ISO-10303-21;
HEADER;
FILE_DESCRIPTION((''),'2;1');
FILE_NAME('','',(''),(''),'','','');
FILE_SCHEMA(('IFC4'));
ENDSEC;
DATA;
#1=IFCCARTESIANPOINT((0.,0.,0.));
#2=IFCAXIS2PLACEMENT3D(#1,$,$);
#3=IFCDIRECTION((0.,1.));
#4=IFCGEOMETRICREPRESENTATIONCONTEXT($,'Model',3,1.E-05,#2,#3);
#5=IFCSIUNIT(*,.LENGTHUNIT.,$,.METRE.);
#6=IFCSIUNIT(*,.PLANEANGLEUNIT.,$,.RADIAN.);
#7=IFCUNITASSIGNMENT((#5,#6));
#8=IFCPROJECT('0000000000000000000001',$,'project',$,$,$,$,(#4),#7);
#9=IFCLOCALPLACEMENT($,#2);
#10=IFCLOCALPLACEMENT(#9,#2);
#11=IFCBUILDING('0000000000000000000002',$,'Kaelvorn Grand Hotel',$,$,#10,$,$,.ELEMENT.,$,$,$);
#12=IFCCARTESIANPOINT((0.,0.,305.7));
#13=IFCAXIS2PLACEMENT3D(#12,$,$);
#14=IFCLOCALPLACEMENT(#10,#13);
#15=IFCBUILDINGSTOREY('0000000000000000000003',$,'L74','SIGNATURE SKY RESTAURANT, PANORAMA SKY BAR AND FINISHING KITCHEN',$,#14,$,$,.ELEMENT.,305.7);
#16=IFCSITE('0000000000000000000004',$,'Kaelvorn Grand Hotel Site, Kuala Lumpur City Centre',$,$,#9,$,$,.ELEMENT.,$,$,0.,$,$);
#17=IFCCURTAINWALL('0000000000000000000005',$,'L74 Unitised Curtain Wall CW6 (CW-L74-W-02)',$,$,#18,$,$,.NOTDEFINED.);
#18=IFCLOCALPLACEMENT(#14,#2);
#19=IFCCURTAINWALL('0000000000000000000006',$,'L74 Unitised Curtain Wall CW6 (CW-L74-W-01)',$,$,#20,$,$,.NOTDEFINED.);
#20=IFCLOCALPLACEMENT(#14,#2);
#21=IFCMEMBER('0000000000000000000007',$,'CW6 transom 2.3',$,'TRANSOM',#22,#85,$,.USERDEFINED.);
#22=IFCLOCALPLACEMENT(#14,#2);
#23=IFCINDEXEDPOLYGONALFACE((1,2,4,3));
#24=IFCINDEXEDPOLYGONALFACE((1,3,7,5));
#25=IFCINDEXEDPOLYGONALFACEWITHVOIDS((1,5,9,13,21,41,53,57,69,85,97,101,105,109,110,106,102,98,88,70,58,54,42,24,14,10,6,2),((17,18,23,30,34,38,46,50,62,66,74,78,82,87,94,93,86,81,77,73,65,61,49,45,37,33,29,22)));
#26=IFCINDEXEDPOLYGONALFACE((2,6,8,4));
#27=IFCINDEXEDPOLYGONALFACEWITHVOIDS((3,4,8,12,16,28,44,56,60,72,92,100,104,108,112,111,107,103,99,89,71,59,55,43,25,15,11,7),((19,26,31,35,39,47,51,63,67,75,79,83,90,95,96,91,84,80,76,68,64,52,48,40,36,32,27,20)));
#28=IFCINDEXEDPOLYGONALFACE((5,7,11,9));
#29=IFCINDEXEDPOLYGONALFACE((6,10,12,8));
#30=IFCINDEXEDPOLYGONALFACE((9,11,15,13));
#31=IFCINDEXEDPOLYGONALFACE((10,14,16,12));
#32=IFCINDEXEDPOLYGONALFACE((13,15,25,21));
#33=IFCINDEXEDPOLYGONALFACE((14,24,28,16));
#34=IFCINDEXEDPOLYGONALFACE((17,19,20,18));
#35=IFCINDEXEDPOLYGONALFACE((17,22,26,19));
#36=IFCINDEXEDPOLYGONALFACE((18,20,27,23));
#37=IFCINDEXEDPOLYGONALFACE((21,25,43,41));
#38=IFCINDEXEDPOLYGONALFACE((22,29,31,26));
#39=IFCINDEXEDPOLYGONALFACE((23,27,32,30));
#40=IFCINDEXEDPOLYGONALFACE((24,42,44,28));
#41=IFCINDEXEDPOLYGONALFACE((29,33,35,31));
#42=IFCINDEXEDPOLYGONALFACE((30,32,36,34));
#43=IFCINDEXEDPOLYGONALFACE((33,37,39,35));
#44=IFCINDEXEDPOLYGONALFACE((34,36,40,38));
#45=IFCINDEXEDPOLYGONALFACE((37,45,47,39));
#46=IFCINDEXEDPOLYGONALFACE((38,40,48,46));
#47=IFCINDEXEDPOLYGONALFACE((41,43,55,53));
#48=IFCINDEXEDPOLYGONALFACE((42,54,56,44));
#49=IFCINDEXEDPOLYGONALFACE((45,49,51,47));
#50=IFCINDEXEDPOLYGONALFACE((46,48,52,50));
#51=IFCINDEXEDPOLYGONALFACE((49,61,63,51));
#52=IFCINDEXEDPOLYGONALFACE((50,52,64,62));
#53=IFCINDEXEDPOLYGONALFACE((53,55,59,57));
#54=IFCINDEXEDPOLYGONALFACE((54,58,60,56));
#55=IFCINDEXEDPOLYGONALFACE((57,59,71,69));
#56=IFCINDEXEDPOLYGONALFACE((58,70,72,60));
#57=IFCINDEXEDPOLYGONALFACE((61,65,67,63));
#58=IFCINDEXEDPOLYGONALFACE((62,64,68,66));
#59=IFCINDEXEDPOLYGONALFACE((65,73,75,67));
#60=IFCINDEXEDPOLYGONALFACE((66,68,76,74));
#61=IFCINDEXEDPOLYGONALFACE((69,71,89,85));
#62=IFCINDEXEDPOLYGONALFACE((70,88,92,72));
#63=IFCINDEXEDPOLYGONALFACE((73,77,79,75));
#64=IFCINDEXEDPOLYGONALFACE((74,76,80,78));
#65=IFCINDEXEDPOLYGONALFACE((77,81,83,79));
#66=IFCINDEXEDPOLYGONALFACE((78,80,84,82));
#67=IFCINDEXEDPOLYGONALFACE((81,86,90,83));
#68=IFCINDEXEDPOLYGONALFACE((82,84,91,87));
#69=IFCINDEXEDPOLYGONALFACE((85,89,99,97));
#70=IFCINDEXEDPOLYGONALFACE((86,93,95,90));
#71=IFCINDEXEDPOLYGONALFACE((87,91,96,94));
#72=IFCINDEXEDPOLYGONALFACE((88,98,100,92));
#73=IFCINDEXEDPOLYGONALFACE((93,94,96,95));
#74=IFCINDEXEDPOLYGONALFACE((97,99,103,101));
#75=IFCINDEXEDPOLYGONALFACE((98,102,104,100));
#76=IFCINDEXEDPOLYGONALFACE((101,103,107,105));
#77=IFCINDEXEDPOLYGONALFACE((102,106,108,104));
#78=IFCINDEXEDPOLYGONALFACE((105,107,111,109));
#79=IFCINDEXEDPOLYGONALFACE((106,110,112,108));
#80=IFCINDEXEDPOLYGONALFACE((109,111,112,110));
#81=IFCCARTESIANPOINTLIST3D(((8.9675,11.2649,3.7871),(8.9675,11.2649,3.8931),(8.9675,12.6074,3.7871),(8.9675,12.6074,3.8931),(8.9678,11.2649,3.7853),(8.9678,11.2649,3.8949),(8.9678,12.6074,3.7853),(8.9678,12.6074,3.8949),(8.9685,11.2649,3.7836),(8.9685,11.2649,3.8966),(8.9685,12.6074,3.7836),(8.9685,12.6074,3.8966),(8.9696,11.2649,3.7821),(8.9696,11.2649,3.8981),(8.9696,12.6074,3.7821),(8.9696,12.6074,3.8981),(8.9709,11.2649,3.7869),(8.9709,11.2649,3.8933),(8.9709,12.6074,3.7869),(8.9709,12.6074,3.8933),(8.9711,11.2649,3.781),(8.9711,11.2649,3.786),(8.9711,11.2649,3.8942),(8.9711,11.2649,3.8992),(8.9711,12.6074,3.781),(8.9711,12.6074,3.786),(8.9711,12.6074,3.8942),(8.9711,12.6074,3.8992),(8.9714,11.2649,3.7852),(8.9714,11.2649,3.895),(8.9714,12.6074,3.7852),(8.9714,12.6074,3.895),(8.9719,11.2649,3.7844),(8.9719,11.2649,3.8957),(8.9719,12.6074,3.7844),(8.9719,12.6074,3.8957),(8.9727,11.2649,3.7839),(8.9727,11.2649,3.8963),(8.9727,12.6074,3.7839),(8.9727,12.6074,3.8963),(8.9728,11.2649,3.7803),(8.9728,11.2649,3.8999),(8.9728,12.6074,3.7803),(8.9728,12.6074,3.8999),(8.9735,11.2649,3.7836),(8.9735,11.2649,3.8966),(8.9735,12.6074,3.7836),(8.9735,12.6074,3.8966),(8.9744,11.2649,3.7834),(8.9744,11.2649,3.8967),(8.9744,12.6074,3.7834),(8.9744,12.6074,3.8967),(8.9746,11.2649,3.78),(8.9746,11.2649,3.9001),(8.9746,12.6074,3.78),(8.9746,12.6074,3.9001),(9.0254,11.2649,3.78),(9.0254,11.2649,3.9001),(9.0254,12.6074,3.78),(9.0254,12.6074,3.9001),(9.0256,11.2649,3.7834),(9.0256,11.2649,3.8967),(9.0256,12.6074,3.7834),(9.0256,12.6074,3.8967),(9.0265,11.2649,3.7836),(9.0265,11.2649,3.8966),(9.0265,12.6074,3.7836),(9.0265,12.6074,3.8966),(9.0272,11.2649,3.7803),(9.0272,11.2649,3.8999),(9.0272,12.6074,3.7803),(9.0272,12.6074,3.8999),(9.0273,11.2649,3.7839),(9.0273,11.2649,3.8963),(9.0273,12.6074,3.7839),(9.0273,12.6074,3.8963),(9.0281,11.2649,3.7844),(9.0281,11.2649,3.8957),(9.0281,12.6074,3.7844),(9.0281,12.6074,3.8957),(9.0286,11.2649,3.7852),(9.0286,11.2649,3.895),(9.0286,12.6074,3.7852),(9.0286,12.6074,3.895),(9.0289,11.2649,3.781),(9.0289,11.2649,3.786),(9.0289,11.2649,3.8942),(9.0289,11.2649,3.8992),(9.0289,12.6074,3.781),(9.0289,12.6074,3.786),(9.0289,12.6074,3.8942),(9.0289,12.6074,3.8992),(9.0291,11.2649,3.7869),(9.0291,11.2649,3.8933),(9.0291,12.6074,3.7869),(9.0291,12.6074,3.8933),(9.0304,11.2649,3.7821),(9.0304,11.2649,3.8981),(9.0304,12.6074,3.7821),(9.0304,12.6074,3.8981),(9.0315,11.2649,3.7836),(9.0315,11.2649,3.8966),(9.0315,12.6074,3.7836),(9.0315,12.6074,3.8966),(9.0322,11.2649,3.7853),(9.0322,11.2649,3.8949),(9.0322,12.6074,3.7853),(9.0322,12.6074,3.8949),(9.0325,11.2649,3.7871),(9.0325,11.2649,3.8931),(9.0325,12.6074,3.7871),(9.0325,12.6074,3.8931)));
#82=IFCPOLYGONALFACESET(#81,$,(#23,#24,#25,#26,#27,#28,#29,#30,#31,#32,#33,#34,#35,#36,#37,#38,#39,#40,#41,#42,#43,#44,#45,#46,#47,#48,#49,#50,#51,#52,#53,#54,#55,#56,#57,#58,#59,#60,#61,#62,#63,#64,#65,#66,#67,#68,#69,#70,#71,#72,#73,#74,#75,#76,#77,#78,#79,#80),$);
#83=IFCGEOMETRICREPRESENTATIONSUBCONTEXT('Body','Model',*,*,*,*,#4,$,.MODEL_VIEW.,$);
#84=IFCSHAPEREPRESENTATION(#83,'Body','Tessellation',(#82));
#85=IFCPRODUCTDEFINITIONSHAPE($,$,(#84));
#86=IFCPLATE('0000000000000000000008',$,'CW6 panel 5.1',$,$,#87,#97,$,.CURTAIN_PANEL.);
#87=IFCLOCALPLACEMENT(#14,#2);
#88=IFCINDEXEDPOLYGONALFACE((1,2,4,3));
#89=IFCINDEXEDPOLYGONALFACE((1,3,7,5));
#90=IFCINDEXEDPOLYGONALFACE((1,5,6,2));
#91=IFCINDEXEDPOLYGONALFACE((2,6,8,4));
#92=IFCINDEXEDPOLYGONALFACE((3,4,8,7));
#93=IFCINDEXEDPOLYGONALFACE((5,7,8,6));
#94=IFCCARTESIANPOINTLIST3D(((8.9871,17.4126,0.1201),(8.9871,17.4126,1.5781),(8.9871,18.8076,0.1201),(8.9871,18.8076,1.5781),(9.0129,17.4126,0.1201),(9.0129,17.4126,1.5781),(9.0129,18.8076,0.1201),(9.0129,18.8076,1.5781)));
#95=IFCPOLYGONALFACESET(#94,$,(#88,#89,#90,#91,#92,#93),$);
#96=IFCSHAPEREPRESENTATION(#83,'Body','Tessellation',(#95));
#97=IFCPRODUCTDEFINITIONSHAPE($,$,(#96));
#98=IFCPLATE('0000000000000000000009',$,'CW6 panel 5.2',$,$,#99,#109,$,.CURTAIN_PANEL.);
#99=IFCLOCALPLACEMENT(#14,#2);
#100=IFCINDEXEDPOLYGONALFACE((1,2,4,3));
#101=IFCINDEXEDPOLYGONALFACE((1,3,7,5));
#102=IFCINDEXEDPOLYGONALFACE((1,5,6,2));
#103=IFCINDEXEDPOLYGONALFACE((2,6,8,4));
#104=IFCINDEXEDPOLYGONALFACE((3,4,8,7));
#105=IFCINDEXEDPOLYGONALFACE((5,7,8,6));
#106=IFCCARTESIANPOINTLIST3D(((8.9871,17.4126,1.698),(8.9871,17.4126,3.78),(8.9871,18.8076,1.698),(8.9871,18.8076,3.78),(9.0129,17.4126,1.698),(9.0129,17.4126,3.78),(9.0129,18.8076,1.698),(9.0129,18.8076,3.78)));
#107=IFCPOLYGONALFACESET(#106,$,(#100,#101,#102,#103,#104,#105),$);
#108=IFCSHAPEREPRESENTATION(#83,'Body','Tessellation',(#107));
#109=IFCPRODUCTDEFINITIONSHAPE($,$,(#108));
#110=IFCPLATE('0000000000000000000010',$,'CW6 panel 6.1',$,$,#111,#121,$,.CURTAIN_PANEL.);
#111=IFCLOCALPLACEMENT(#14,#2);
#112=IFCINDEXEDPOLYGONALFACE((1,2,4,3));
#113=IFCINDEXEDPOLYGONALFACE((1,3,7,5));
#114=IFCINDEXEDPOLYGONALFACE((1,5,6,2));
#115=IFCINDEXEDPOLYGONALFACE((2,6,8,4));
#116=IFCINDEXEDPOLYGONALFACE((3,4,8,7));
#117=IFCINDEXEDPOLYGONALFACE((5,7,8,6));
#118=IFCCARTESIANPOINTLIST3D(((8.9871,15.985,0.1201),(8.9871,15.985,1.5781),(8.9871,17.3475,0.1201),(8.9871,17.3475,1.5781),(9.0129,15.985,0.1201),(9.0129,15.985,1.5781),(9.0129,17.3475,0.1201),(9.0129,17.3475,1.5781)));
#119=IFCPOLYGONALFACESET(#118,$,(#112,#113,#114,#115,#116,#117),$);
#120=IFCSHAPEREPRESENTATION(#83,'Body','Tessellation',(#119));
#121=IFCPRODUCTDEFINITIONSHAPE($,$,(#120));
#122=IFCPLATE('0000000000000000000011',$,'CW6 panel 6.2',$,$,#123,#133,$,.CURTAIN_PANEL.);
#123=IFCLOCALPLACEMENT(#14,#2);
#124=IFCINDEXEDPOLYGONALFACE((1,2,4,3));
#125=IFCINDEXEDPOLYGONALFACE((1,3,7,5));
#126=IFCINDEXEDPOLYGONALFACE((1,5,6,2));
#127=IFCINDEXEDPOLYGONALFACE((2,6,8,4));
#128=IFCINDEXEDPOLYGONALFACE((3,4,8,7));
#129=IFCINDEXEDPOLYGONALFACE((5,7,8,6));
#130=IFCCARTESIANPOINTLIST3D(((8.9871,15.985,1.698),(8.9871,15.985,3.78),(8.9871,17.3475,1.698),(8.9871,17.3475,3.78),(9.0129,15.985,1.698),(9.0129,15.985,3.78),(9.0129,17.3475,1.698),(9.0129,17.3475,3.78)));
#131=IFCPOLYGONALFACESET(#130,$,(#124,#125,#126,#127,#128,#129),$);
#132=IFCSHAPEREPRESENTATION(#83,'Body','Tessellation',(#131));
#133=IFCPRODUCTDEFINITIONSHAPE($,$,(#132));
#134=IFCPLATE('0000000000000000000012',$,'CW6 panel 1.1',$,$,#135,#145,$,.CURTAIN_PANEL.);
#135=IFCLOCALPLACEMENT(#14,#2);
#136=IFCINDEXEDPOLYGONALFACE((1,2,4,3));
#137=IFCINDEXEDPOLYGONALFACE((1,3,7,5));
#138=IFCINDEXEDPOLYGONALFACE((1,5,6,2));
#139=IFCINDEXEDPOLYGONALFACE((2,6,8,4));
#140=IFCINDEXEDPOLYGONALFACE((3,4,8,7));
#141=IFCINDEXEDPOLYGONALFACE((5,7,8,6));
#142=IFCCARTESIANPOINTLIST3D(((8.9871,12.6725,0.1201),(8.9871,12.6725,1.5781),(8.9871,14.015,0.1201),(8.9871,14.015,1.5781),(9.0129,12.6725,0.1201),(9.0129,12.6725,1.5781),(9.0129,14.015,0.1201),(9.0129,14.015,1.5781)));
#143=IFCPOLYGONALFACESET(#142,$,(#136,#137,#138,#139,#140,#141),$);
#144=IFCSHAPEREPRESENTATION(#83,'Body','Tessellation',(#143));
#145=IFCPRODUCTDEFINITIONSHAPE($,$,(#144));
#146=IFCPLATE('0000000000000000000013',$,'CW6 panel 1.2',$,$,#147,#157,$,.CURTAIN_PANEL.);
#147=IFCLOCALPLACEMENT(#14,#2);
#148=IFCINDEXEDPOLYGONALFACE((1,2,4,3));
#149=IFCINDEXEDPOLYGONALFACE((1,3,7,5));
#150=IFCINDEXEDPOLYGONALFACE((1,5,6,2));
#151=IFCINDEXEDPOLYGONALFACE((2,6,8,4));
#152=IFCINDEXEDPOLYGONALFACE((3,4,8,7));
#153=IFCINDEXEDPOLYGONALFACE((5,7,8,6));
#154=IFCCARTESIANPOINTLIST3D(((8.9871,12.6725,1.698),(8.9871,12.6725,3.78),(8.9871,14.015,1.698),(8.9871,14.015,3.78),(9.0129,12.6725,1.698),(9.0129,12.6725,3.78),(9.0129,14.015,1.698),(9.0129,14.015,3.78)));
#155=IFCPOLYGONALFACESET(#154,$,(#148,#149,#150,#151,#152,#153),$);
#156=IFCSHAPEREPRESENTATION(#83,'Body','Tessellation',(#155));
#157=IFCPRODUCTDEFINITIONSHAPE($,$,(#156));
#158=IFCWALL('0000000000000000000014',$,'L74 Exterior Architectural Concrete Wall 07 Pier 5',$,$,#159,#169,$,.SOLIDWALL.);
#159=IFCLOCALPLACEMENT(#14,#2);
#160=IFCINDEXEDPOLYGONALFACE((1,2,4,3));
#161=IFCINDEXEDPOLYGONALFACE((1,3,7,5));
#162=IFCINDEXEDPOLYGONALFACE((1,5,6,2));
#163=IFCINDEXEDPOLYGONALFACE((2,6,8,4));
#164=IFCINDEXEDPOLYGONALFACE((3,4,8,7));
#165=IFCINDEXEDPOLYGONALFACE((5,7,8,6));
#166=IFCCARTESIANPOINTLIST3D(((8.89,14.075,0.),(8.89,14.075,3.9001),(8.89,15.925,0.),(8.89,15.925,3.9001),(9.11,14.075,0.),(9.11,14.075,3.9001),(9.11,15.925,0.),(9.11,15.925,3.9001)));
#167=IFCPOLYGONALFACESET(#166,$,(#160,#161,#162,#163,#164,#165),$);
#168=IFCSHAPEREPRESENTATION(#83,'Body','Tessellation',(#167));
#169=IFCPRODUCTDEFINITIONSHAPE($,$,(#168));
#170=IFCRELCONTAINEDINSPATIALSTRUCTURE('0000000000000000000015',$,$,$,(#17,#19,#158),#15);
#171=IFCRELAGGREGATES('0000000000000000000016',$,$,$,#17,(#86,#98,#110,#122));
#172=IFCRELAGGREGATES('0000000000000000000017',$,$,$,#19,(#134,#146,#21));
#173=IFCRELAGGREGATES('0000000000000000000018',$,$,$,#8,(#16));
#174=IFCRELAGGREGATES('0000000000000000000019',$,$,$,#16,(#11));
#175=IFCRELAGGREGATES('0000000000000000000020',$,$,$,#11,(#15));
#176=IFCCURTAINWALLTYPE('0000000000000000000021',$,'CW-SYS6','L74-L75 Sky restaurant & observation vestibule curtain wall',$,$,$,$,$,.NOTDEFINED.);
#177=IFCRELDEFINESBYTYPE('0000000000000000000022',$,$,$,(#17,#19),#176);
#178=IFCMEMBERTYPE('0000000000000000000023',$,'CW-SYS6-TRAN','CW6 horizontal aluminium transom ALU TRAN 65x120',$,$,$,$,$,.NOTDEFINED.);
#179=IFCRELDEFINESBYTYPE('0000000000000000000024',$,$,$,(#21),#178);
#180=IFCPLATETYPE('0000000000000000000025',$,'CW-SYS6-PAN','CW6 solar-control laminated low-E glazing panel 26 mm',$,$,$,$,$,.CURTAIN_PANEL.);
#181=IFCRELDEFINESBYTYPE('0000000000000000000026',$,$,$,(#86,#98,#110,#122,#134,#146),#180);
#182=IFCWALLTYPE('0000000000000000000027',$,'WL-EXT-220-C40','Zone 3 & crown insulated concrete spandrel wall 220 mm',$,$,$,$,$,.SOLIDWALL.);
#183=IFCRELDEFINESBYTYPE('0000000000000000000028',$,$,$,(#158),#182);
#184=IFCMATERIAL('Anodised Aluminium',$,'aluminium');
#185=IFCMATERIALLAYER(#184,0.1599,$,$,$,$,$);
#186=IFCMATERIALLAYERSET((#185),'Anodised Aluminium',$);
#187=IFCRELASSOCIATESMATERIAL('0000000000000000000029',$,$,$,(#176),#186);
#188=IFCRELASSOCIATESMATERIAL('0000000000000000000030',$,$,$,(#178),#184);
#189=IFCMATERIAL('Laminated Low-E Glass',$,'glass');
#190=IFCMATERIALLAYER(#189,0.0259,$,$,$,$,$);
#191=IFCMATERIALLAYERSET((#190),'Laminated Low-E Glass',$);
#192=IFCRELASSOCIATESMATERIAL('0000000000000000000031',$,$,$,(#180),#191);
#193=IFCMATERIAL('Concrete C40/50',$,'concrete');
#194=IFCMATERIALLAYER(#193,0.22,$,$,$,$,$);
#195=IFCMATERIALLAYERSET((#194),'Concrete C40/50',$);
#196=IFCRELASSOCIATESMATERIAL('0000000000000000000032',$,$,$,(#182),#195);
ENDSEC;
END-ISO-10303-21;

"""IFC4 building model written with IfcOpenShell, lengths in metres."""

from ifc_helpers import new_model, si_unit, direction, frame, frame_2d, origin, origin_2d, place, context, subcontext, project, spatial, rectangle, hollow_rectangle, extrude, material, layer, layer_set, material_profile, profile_set, type_object, element, aggregate, save


model = new_model("IFC4")

# Units and contexts
model_context = context("Model", 3, precision=1e-05, world=origin(), true_north=direction((0.0, 1.0)))
body_context = subcontext(model_context, "Body", "Model", "MODEL_VIEW")
ifc_project = project(units=[si_unit("LENGTHUNIT", "METRE"), si_unit("PLANEANGLEUNIT", "RADIAN")], contexts=[model_context])

# Site, building, storey
site_placement = place(None, origin())
site = spatial("IfcSite", under=ifc_project, at=site_placement, Name="Kaelvorn Grand Hotel Site, Kuala Lumpur City Centre", CompositionType="ELEMENT", RefElevation=0.0)
building_placement = place(site_placement, origin())
building = spatial("IfcBuilding", under=site, at=building_placement, Name="Kaelvorn Grand Hotel", CompositionType="ELEMENT")
storey_placement = place(building_placement, frame((0.0, 0.0, 305.7)))
storey = spatial("IfcBuildingStorey", under=building, at=storey_placement, Name="L74", Description="SIGNATURE SKY RESTAURANT, PANORAMA SKY BAR AND FINISHING KITCHEN", CompositionType="ELEMENT", Elevation=305.7)

# Curtain walls
ifc_material_1 = material(Name="Anodised Aluminium", Category="aluminium")
ifc_layer_1 = layer(ifc_material_1, 0.1599)
ifc_layer_set_1 = layer_set([ifc_layer_1], Name="Anodised Aluminium")
curtain_wall_type = type_object("IfcCurtainWallType", Name="CW-SYS6", Description="L74-L75 Sky restaurant & observation vestibule curtain wall", PredefinedType="NOTDEFINED", material=ifc_layer_set_1)
curtain_wall_1_placement = place(storey_placement, origin())
curtain_wall_1 = element("IfcCurtainWall", 1, at=curtain_wall_1_placement, inside=storey, type_object=curtain_wall_type, Name="L74 Unitised Curtain Wall CW6 (CW-L74-W-02)", PredefinedType="NOTDEFINED")
curtain_wall_2_placement = place(storey_placement, origin())
curtain_wall_2 = element("IfcCurtainWall", 2, at=curtain_wall_2_placement, inside=storey, type_object=curtain_wall_type, Name="L74 Unitised Curtain Wall CW6 (CW-L74-W-01)", PredefinedType="NOTDEFINED")

# Member
ifc_material_profile_1 = material_profile(ifc_material_1, hollow_rectangle(XDim=0.0649, YDim=0.1201, WallThickness=0.0034, InnerFilletRadius=0.0034, OuterFilletRadius=0.0071, at=origin_2d()), Name="ALU TRAN 65x120")
ifc_profile_set_1 = profile_set([ifc_material_profile_1], Name="Anodised Aluminium")
member_type_1 = type_object("IfcMemberType", Name="CW-SYS6-TRAN", Description="CW6 horizontal aluminium transom ALU TRAN 65x120", PredefinedType="NOTDEFINED", material=ifc_profile_set_1)
member_1_placement = place(storey_placement, frame((9.0, 12.6074, 3.8401), z_axis=(0.0, -1.0, 0.0), x_axis=(1.0, 0.0, 0.0)))
member_1 = element("IfcMember", 3, at=member_1_placement, type_object=member_type_1, Name="CW6 transom 2.3", ObjectType="TRANSOM", PredefinedType="USERDEFINED", context=body_context, shape_type="SweptSolid", body=[
    extrude(hollow_rectangle(XDim=0.0649, YDim=0.1201, WallThickness=0.0034, InnerFilletRadius=0.0034, OuterFilletRadius=0.0071, at=origin_2d()), origin(), (0.0, 0.0, 1.0), 1.3425),
])

# Plates
ifc_material_2 = material(Name="Laminated Low-E Glass", Category="glass")
ifc_layer_2 = layer(ifc_material_2, 0.0259)
ifc_layer_set_2 = layer_set([ifc_layer_2], Name="Laminated Low-E Glass")
plate_type = type_object("IfcPlateType", Name="CW-SYS6-PAN", Description="CW6 solar-control laminated low-E glazing panel 26 mm", PredefinedType="CURTAIN_PANEL", material=ifc_layer_set_2)
plate_1_placement = place(storey_placement, frame((9.0, 18.1101, 0.1201), z_axis=(0.0, 0.0, 1.0), x_axis=(0.0, -1.0, 0.0)))
plate_1 = element("IfcPlate", 4, at=plate_1_placement, type_object=plate_type, Name="CW6 panel 5.1", PredefinedType="CURTAIN_PANEL", context=body_context, shape_type="SweptSolid", body=[
    extrude(rectangle(XDim=1.395, YDim=0.0259, at=origin_2d()), origin(), (0.0, 0.0, 1.0), 1.458),
])
plate_2_placement = place(storey_placement, frame((9.0, 18.1101, 1.698), z_axis=(0.0, 0.0, 1.0), x_axis=(0.0, -1.0, 0.0)))
plate_2 = element("IfcPlate", 5, at=plate_2_placement, type_object=plate_type, Name="CW6 panel 5.2", PredefinedType="CURTAIN_PANEL", context=body_context, shape_type="SweptSolid", body=[
    extrude(rectangle(XDim=1.395, YDim=0.0259, at=origin_2d()), origin(), (0.0, 0.0, 1.0), 2.082),
])
plate_3_placement = place(storey_placement, frame((9.0, 16.6663, 0.1201), z_axis=(0.0, 0.0, 1.0), x_axis=(0.0, -1.0, 0.0)))
plate_3 = element("IfcPlate", 6, at=plate_3_placement, type_object=plate_type, Name="CW6 panel 6.1", PredefinedType="CURTAIN_PANEL", context=body_context, shape_type="SweptSolid", body=[
    extrude(rectangle(XDim=1.3625, YDim=0.0259, at=origin_2d()), origin(), (0.0, 0.0, 1.0), 1.458),
])
plate_4_placement = place(storey_placement, frame((9.0, 16.6663, 1.698), z_axis=(0.0, 0.0, 1.0), x_axis=(0.0, -1.0, 0.0)))
plate_4 = element("IfcPlate", 7, at=plate_4_placement, type_object=plate_type, Name="CW6 panel 6.2", PredefinedType="CURTAIN_PANEL", context=body_context, shape_type="SweptSolid", body=[
    extrude(rectangle(XDim=1.3625, YDim=0.0259, at=origin_2d()), origin(), (0.0, 0.0, 1.0), 2.082),
])
aggregate(curtain_wall_1, [plate_1, plate_2, plate_3, plate_4])
plate_5_placement = place(storey_placement, frame((9.0, 13.3438, 0.1201), z_axis=(0.0, 0.0, 1.0), x_axis=(0.0, -1.0, 0.0)))
plate_5 = element("IfcPlate", 8, at=plate_5_placement, type_object=plate_type, Name="CW6 panel 1.1", PredefinedType="CURTAIN_PANEL", context=body_context, shape_type="SweptSolid", body=[
    extrude(rectangle(XDim=1.3425, YDim=0.0259, at=origin_2d()), origin(), (0.0, 0.0, 1.0), 1.458),
])
plate_6_placement = place(storey_placement, frame((9.0, 13.3438, 1.698), z_axis=(0.0, 0.0, 1.0), x_axis=(0.0, -1.0, 0.0)))
plate_6 = element("IfcPlate", 9, at=plate_6_placement, type_object=plate_type, Name="CW6 panel 1.2", PredefinedType="CURTAIN_PANEL", context=body_context, shape_type="SweptSolid", body=[
    extrude(rectangle(XDim=1.3425, YDim=0.0259, at=origin_2d()), origin(), (0.0, 0.0, 1.0), 2.082),
])
aggregate(curtain_wall_2, [plate_5, plate_6, member_1])

# Wall
ifc_material_3 = material(Name="Concrete C40/50", Category="concrete")
ifc_layer_3 = layer(ifc_material_3, 0.22)
ifc_layer_set_3 = layer_set([ifc_layer_3], Name="Concrete C40/50")
wall_type = type_object("IfcWallType", Name="WL-EXT-220-C40", Description="Zone 3 & crown insulated concrete spandrel wall 220 mm", PredefinedType="SOLIDWALL", material=ifc_layer_set_3)
wall_placement = place(storey_placement, frame((9.0, 15.925, 0.0), z_axis=(0.0, 0.0, 1.0), x_axis=(0.0, -1.0, 0.0)))
element("IfcWall", 10, at=wall_placement, inside=storey, type_object=wall_type, Name="L74 Exterior Architectural Concrete Wall 07 Pier 5", PredefinedType="SOLIDWALL", context=body_context, shape_type="SweptSolid", body=[
    extrude(rectangle(XDim=1.8501, YDim=0.22, at=frame_2d((0.925, 0.0))), origin(), (0.0, 0.0, 1.0), 3.9001),
])

save(model, "model.ifc")
